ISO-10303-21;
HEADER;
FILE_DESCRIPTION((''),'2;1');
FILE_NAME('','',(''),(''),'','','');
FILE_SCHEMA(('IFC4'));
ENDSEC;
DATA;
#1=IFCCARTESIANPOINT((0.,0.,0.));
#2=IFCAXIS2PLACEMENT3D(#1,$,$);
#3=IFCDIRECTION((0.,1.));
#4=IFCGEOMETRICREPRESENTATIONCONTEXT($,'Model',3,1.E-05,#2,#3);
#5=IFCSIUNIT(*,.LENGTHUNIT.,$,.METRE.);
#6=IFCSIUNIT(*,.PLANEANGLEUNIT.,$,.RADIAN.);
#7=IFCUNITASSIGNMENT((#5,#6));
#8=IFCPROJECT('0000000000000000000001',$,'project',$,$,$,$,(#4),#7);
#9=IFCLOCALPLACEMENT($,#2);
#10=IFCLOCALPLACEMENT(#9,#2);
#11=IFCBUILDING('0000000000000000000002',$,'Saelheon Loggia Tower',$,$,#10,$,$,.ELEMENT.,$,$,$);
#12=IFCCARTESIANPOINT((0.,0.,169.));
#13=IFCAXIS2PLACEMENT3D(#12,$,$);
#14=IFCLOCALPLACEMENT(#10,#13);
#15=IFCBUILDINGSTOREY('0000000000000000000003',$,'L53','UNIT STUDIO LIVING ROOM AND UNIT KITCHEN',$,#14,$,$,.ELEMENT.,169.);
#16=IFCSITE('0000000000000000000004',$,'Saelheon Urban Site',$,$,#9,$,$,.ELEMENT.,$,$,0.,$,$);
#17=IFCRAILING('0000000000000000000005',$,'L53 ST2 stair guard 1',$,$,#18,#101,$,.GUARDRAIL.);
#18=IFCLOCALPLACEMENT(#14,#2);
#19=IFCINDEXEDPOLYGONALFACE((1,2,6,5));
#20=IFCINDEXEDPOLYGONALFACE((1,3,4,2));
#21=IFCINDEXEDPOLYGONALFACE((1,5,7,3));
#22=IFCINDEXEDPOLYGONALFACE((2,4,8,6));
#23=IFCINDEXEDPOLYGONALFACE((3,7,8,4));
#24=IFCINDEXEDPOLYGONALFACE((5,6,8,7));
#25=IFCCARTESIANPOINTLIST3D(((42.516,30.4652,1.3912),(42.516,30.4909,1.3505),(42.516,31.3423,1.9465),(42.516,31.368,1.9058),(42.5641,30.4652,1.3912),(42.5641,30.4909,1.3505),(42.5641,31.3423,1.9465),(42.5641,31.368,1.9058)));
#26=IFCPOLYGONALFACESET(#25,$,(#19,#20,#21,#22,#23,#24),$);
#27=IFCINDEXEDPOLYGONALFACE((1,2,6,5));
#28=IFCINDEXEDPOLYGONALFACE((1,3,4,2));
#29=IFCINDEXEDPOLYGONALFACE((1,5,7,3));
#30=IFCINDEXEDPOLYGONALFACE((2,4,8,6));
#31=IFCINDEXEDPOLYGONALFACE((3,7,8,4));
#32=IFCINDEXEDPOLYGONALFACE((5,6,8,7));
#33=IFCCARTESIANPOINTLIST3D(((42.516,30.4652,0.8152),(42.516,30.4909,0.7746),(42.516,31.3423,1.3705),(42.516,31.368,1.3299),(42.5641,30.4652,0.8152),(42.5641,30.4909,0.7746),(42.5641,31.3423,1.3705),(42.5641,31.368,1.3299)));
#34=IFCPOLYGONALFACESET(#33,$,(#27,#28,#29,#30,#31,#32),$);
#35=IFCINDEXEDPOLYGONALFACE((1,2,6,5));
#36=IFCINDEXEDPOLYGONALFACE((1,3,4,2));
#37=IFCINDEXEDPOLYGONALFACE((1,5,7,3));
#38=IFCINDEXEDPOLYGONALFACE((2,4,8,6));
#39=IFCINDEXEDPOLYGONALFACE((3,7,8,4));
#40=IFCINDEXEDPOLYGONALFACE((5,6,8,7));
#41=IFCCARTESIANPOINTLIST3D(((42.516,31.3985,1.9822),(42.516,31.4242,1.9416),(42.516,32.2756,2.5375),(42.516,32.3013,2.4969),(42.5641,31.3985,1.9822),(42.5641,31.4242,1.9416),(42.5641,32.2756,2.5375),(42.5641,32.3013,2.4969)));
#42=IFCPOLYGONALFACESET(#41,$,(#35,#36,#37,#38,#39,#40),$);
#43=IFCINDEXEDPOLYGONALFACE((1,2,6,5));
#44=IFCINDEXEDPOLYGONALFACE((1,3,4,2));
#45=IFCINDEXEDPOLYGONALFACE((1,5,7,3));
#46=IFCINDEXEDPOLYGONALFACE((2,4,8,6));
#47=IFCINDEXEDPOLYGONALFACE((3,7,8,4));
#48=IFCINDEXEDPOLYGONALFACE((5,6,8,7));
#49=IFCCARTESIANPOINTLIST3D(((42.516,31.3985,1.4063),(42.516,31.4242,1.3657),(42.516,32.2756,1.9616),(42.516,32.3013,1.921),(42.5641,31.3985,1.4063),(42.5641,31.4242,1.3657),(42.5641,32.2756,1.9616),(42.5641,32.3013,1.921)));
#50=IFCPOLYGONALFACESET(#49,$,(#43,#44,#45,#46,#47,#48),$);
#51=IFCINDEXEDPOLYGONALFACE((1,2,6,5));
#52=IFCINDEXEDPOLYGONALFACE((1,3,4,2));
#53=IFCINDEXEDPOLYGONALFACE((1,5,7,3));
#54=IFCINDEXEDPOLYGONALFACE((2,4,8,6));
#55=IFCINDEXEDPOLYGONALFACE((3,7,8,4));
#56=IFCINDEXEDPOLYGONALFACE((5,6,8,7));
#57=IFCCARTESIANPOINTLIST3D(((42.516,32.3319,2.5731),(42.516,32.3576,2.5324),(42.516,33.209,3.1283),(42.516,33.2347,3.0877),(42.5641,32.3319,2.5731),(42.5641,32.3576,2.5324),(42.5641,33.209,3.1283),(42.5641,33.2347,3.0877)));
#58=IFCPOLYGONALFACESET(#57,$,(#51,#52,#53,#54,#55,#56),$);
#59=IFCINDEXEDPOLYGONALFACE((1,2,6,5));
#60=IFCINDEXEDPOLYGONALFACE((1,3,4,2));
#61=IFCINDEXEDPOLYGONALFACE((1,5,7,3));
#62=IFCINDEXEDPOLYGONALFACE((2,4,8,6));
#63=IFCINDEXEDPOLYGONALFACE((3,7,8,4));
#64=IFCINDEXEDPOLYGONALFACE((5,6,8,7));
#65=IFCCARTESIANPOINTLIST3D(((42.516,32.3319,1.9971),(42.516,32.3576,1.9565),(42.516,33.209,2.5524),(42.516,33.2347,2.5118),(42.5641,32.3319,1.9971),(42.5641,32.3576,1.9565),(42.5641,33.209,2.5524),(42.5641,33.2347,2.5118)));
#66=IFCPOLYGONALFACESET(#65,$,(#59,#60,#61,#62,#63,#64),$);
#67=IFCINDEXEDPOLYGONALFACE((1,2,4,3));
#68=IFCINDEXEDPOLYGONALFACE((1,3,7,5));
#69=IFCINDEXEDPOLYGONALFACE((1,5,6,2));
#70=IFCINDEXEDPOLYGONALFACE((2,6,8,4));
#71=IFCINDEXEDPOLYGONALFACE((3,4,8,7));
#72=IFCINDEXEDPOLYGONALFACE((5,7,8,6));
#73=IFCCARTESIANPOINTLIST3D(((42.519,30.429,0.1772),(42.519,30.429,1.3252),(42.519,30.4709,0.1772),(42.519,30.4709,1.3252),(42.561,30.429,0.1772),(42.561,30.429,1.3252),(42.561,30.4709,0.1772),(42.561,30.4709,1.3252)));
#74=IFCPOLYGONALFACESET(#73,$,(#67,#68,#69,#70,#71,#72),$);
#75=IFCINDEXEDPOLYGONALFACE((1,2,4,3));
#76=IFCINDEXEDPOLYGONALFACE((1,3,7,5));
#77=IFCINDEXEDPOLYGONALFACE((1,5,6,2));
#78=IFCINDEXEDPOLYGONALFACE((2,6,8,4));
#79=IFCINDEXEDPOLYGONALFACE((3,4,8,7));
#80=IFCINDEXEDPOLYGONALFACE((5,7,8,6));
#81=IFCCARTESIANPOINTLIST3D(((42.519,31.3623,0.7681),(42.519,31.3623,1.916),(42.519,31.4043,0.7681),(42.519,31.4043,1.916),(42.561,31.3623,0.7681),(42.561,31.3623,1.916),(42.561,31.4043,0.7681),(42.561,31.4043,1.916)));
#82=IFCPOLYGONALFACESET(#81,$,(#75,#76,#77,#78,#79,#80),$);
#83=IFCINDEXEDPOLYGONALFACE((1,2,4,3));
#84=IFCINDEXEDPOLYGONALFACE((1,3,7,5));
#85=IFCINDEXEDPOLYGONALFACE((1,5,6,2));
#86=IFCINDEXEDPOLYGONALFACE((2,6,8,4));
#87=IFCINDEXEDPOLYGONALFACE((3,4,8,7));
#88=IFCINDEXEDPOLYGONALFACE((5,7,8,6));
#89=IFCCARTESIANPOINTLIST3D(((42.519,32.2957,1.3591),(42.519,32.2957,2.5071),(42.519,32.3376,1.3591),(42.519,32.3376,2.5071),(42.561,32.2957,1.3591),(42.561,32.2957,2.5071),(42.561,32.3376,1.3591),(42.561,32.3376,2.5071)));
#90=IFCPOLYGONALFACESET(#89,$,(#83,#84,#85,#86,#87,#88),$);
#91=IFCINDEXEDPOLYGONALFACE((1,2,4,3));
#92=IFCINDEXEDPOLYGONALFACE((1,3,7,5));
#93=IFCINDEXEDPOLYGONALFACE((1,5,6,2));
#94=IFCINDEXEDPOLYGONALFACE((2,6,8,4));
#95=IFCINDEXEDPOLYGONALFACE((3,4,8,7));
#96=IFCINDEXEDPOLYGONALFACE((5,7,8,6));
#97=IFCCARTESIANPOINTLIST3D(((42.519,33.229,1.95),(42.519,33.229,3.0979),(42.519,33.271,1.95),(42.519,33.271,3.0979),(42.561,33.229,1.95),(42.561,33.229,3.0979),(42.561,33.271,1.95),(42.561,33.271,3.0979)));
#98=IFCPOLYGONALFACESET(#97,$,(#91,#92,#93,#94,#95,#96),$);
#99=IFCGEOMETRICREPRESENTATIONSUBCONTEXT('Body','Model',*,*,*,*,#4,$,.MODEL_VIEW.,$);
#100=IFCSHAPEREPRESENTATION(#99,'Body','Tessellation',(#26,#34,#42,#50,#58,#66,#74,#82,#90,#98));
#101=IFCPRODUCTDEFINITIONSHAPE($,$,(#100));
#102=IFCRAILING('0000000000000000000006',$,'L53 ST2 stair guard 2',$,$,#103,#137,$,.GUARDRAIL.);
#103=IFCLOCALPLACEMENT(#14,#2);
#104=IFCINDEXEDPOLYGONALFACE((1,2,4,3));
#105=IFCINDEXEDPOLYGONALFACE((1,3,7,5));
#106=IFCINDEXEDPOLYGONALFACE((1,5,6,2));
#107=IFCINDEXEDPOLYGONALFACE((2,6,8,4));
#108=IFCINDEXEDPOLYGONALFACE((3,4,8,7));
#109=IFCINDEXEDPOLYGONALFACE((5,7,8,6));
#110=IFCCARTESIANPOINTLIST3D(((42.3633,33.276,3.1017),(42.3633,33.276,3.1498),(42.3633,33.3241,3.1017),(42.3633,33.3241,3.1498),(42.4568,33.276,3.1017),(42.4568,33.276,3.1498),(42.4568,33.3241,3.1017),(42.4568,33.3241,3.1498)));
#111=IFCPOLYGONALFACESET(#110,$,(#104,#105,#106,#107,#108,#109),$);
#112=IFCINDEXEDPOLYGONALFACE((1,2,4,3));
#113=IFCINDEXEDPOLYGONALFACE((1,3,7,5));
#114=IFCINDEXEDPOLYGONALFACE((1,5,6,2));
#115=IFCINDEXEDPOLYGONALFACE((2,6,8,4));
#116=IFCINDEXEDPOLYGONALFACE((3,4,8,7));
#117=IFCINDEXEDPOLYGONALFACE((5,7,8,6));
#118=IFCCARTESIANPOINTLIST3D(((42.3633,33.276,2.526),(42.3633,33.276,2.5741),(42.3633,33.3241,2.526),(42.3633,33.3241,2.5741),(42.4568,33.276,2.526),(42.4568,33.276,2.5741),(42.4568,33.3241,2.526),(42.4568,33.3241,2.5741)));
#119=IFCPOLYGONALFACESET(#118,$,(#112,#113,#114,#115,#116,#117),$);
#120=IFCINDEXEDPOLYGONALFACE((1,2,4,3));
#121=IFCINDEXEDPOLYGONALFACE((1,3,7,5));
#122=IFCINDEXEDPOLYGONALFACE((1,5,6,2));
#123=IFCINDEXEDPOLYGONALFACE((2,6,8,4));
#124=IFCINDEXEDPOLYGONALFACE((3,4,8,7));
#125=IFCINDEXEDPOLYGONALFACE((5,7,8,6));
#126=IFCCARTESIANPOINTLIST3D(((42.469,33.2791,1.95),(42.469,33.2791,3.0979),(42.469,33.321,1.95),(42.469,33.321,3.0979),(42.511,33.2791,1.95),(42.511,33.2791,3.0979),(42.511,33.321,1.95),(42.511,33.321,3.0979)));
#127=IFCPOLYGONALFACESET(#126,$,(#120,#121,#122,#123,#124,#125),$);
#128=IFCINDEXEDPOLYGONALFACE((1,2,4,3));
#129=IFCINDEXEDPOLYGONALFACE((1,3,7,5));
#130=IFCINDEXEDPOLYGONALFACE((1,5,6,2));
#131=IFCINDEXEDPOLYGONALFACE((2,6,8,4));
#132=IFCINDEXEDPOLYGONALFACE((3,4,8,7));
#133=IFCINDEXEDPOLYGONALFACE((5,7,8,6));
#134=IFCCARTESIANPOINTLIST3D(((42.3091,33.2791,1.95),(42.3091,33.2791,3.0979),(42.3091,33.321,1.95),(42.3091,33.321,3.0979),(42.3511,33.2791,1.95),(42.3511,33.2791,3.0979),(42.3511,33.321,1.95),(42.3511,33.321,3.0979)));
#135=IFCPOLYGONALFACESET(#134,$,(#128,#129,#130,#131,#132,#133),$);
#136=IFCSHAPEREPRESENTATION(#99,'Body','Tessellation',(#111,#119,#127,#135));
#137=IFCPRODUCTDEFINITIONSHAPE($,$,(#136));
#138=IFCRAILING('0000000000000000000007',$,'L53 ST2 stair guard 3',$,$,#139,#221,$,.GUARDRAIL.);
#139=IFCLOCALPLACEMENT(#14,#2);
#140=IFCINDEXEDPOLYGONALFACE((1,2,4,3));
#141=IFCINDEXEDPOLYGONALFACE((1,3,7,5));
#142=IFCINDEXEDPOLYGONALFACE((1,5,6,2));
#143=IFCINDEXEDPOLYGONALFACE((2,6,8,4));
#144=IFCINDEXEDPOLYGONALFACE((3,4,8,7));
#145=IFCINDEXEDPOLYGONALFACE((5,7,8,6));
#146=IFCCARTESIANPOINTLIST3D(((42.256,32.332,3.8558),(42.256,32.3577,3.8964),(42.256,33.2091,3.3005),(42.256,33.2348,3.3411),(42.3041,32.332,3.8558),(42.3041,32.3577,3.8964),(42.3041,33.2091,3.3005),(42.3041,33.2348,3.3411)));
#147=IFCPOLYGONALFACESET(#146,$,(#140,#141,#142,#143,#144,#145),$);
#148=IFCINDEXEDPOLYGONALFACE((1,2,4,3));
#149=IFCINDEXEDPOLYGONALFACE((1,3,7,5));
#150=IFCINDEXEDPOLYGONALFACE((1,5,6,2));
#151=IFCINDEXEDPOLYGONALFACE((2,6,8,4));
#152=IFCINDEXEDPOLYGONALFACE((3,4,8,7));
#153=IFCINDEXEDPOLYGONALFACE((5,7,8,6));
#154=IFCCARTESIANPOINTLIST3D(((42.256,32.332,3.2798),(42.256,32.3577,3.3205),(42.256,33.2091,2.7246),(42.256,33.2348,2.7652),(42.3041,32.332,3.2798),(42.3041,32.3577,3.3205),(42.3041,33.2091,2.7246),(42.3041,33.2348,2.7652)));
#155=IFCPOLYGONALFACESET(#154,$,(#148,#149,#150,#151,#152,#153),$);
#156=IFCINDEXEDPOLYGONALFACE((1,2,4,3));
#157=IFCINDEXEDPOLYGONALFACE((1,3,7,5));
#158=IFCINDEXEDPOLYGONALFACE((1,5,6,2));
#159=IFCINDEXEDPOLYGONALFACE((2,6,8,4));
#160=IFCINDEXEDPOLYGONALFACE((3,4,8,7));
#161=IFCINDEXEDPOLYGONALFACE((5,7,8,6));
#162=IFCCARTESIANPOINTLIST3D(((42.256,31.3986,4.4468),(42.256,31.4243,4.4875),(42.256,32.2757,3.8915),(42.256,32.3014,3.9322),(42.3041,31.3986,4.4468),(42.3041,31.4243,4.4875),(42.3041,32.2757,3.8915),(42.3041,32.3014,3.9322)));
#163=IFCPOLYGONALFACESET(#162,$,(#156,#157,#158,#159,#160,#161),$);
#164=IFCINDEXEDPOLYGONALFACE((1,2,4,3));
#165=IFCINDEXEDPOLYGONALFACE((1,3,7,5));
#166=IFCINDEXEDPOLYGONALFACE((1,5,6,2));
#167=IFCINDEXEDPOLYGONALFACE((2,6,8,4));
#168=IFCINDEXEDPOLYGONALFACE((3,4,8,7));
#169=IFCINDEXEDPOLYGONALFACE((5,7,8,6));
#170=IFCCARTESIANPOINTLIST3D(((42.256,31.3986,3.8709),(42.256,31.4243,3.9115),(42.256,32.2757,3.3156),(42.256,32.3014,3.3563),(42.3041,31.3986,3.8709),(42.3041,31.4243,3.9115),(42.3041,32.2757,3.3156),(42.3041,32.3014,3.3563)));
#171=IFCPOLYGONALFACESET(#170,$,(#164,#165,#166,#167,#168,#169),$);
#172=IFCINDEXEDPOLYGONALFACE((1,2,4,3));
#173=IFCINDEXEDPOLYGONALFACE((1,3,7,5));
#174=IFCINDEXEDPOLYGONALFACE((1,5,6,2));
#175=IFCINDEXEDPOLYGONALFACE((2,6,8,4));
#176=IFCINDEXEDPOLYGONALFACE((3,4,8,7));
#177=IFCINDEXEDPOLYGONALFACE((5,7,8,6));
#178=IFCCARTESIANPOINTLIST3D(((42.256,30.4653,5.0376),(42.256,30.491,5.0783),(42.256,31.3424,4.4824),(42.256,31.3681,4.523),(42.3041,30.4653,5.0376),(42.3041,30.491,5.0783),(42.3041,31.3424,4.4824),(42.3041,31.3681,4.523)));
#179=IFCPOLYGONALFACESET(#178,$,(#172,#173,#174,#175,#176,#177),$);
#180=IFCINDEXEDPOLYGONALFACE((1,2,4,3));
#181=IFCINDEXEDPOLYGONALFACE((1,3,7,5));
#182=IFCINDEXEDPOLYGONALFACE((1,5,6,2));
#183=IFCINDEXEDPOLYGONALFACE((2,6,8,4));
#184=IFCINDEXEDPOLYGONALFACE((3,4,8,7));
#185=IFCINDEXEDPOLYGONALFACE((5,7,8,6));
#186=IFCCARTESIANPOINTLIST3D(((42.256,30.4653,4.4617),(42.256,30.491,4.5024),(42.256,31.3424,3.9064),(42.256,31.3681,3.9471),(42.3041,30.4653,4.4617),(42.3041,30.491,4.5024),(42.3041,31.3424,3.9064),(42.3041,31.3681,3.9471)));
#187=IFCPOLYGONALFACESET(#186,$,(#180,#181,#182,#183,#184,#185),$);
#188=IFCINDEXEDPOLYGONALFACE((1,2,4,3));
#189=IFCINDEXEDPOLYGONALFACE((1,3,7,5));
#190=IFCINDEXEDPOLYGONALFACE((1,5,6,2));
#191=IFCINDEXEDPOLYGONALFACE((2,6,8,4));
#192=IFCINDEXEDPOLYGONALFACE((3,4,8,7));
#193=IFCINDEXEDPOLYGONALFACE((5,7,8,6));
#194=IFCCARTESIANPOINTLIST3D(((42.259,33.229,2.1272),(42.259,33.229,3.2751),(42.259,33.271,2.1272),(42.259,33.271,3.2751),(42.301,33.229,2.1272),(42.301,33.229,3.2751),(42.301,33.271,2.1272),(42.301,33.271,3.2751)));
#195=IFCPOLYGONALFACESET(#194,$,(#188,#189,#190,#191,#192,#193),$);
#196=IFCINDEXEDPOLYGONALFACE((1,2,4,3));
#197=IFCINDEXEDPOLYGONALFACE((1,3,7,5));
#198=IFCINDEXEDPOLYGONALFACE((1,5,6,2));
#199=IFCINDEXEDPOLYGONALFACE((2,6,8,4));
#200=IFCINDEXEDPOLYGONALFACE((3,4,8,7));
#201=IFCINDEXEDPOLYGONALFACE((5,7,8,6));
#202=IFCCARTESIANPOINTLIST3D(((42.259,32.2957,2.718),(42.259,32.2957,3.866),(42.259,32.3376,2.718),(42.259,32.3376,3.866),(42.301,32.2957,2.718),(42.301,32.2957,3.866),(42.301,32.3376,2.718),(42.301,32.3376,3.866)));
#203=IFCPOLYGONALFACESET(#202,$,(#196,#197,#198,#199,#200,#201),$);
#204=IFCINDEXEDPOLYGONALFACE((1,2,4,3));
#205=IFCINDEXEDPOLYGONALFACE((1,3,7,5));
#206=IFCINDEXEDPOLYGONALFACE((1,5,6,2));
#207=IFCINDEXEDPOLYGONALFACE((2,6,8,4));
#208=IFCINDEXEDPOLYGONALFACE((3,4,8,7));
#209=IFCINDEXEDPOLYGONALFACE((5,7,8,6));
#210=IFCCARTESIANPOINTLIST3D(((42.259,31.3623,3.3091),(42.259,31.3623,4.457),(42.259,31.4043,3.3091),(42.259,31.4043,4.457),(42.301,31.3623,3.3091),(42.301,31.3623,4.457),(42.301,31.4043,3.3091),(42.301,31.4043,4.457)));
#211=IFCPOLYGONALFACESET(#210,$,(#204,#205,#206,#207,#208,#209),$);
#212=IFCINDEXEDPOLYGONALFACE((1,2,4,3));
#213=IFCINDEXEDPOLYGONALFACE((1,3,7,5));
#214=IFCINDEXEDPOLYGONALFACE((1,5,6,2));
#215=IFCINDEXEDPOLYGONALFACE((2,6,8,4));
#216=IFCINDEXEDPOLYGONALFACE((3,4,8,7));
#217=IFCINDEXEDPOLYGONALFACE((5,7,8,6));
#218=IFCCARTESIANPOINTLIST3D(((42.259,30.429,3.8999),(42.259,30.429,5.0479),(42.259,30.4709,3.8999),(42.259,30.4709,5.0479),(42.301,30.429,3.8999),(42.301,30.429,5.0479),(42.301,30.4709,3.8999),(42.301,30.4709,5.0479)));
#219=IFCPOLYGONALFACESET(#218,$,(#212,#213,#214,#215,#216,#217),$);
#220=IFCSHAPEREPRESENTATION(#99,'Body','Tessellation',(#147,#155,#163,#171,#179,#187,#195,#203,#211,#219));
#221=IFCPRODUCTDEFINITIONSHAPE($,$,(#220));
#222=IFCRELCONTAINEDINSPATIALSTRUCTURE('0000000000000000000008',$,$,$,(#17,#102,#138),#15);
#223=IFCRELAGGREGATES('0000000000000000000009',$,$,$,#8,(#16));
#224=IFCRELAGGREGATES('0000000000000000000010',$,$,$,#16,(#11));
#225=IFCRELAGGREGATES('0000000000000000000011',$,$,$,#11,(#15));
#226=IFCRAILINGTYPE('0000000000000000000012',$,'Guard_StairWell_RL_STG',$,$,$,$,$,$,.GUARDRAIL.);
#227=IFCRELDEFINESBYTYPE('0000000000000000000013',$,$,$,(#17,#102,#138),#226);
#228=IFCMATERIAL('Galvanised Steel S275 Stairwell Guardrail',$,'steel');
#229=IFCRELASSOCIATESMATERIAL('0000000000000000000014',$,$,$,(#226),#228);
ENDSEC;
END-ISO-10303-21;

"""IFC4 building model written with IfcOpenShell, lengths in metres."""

from ifc_helpers import new_model, si_unit, direction, frame, origin, origin_2d, place, context, subcontext, project, spatial, rectangle, extrude, material, type_object, element, save


model = new_model("IFC4")

# Units and contexts
model_context = context("Model", 3, precision=1e-05, world=origin(), true_north=direction((0.0, 1.0)))
body_context = subcontext(model_context, "Body", "Model", "MODEL_VIEW")
ifc_project = project(units=[si_unit("LENGTHUNIT", "METRE"), si_unit("PLANEANGLEUNIT", "RADIAN")], contexts=[model_context])

# Site, building, storey
site_placement = place(None, origin())
site = spatial("IfcSite", under=ifc_project, at=site_placement, Name="Saelheon Urban Site", CompositionType="ELEMENT", RefElevation=0.0)
building_placement = place(site_placement, origin())
building = spatial("IfcBuilding", under=site, at=building_placement, Name="Saelheon Loggia Tower", CompositionType="ELEMENT")
storey_placement = place(building_placement, frame((0.0, 0.0, 169.0)))
storey = spatial("IfcBuildingStorey", under=building, at=storey_placement, Name="L53", Description="UNIT STUDIO LIVING ROOM AND UNIT KITCHEN", CompositionType="ELEMENT", Elevation=169.0)

# Railings
ifc_material_1 = material(Name="Galvanised Steel S275 Stairwell Guardrail", Category="steel")
railing_type_1 = type_object("IfcRailingType", Name="Guard_StairWell_RL_STG", PredefinedType="GUARDRAIL", material=ifc_material_1)
railing_1_placement = place(storey_placement, frame((42.54, 30.45, 0.1772)))
element("IfcRailing", 1, at=railing_1_placement, inside=storey, type_object=railing_type_1, Name="L53 ST2 stair guard 1", PredefinedType="GUARDRAIL", context=body_context, shape_type="SweptSolid", body=[
    extrude(rectangle(XDim=0.0481, YDim=0.0481, at=origin_2d()), frame((0.0, 0.0281, 1.1936), z_axis=(0.0, 0.844909, 0.53491), x_axis=(-1.0, 0.0, 0.0)), (0.0, 0.0, 1.0), 1.0381),
    extrude(rectangle(XDim=0.0481, YDim=0.0481, at=origin_2d()), frame((0.0, 0.0281, 0.6177), z_axis=(0.0, 0.844909, 0.53491), x_axis=(-1.0, 0.0, 0.0)), (0.0, 0.0, 1.0), 1.0381),
    extrude(rectangle(XDim=0.0481, YDim=0.0481, at=origin_2d()), frame((0.0, 0.9614, 1.7847), z_axis=(0.0, 0.844909, 0.53491), x_axis=(-1.0, 0.0, 0.0)), (0.0, 0.0, 1.0), 1.0381),
    extrude(rectangle(XDim=0.0481, YDim=0.0481, at=origin_2d()), frame((0.0, 0.9614, 1.2087), z_axis=(0.0, 0.844909, 0.53491), x_axis=(-1.0, 0.0, 0.0)), (0.0, 0.0, 1.0), 1.0381),
    extrude(rectangle(XDim=0.0481, YDim=0.0481, at=origin_2d()), frame((0.0, 1.8948, 2.3755), z_axis=(0.0, 0.844909, 0.53491), x_axis=(-1.0, 0.0, 0.0)), (0.0, 0.0, 1.0), 1.0381),
    extrude(rectangle(XDim=0.0481, YDim=0.0481, at=origin_2d()), frame((0.0, 1.8948, 1.7996), z_axis=(0.0, 0.844909, 0.53491), x_axis=(-1.0, 0.0, 0.0)), (0.0, 0.0, 1.0), 1.0381),
    extrude(rectangle(XDim=0.042, YDim=0.042, at=origin_2d()), origin(), (0.0, 0.0, 1.0), 1.1479),
    extrude(rectangle(XDim=0.042, YDim=0.042, at=origin_2d()), frame((0.0, 0.9333, 0.5908)), (0.0, 0.0, 1.0), 1.1479),
    extrude(rectangle(XDim=0.042, YDim=0.042, at=origin_2d()), frame((0.0, 1.8667, 1.1819)), (0.0, 0.0, 1.0), 1.1479),
    extrude(rectangle(XDim=0.042, YDim=0.042, at=origin_2d()), frame((0.0, 2.8, 1.7727)), (0.0, 0.0, 1.0), 1.1479),
])
railing_2_placement = place(storey_placement, frame((42.49, 33.3, 1.95)))
element("IfcRailing", 2, at=railing_2_placement, inside=storey, type_object=railing_type_1, Name="L53 ST2 stair guard 2", PredefinedType="GUARDRAIL", context=body_context, shape_type="SweptSolid", body=[
    extrude(rectangle(XDim=0.0481, YDim=0.0481, at=origin_2d()), frame((-0.0332, 0.0, 1.1758), z_axis=(-1.0, 0.0, 0.0), x_axis=(0.0, -1.0, 0.0)), (0.0, 0.0, 1.0), 0.0935),
    extrude(rectangle(XDim=0.0481, YDim=0.0481, at=origin_2d()), frame((-0.0332, 0.0, 0.6001), z_axis=(-1.0, 0.0, 0.0), x_axis=(0.0, -1.0, 0.0)), (0.0, 0.0, 1.0), 0.0935),
    extrude(rectangle(XDim=0.042, YDim=0.042, at=origin_2d()), origin(), (0.0, 0.0, 1.0), 1.1479),
    extrude(rectangle(XDim=0.042, YDim=0.042, at=origin_2d()), frame((-0.1599, 0.0, 0.0)), (0.0, 0.0, 1.0), 1.1479),
])
railing_3_placement = place(storey_placement, frame((42.28, 33.25, 2.1272)))
element("IfcRailing", 3, at=railing_3_placement, inside=storey, type_object=railing_type_1, Name="L53 ST2 stair guard 3", PredefinedType="GUARDRAIL", context=body_context, shape_type="SweptSolid", body=[
    extrude(rectangle(XDim=0.0481, YDim=0.0481, at=origin_2d()), frame((0.0, -0.0281, 1.1936), z_axis=(0.0, -0.844909, 0.53491), x_axis=(1.0, 0.0, 0.0)), (0.0, 0.0, 1.0), 1.0381),
    extrude(rectangle(XDim=0.0481, YDim=0.0481, at=origin_2d()), frame((0.0, -0.0281, 0.6177), z_axis=(0.0, -0.844909, 0.53491), x_axis=(1.0, 0.0, 0.0)), (0.0, 0.0, 1.0), 1.0381),
    extrude(rectangle(XDim=0.0481, YDim=0.0481, at=origin_2d()), frame((0.0, -0.9614, 1.7847), z_axis=(0.0, -0.844909, 0.53491), x_axis=(1.0, 0.0, 0.0)), (0.0, 0.0, 1.0), 1.0381),
    extrude(rectangle(XDim=0.0481, YDim=0.0481, at=origin_2d()), frame((0.0, -0.9614, 1.2087), z_axis=(0.0, -0.844909, 0.53491), x_axis=(1.0, 0.0, 0.0)), (0.0, 0.0, 1.0), 1.0381),
    extrude(rectangle(XDim=0.0481, YDim=0.0481, at=origin_2d()), frame((0.0, -1.8948, 2.3755), z_axis=(0.0, -0.844909, 0.53491), x_axis=(1.0, 0.0, 0.0)), (0.0, 0.0, 1.0), 1.0381),
    extrude(rectangle(XDim=0.0481, YDim=0.0481, at=origin_2d()), frame((0.0, -1.8948, 1.7996), z_axis=(0.0, -0.844909, 0.53491), x_axis=(1.0, 0.0, 0.0)), (0.0, 0.0, 1.0), 1.0381),
    extrude(rectangle(XDim=0.042, YDim=0.042, at=origin_2d()), origin(), (0.0, 0.0, 1.0), 1.1479),
    extrude(rectangle(XDim=0.042, YDim=0.042, at=origin_2d()), frame((0.0, -0.9333, 0.5908)), (0.0, 0.0, 1.0), 1.1479),
    extrude(rectangle(XDim=0.042, YDim=0.042, at=origin_2d()), frame((0.0, -1.8667, 1.1819)), (0.0, 0.0, 1.0), 1.1479),
    extrude(rectangle(XDim=0.042, YDim=0.042, at=origin_2d()), frame((0.0, -2.8, 1.7727)), (0.0, 0.0, 1.0), 1.1479),
])

save(model, "model.ifc")
